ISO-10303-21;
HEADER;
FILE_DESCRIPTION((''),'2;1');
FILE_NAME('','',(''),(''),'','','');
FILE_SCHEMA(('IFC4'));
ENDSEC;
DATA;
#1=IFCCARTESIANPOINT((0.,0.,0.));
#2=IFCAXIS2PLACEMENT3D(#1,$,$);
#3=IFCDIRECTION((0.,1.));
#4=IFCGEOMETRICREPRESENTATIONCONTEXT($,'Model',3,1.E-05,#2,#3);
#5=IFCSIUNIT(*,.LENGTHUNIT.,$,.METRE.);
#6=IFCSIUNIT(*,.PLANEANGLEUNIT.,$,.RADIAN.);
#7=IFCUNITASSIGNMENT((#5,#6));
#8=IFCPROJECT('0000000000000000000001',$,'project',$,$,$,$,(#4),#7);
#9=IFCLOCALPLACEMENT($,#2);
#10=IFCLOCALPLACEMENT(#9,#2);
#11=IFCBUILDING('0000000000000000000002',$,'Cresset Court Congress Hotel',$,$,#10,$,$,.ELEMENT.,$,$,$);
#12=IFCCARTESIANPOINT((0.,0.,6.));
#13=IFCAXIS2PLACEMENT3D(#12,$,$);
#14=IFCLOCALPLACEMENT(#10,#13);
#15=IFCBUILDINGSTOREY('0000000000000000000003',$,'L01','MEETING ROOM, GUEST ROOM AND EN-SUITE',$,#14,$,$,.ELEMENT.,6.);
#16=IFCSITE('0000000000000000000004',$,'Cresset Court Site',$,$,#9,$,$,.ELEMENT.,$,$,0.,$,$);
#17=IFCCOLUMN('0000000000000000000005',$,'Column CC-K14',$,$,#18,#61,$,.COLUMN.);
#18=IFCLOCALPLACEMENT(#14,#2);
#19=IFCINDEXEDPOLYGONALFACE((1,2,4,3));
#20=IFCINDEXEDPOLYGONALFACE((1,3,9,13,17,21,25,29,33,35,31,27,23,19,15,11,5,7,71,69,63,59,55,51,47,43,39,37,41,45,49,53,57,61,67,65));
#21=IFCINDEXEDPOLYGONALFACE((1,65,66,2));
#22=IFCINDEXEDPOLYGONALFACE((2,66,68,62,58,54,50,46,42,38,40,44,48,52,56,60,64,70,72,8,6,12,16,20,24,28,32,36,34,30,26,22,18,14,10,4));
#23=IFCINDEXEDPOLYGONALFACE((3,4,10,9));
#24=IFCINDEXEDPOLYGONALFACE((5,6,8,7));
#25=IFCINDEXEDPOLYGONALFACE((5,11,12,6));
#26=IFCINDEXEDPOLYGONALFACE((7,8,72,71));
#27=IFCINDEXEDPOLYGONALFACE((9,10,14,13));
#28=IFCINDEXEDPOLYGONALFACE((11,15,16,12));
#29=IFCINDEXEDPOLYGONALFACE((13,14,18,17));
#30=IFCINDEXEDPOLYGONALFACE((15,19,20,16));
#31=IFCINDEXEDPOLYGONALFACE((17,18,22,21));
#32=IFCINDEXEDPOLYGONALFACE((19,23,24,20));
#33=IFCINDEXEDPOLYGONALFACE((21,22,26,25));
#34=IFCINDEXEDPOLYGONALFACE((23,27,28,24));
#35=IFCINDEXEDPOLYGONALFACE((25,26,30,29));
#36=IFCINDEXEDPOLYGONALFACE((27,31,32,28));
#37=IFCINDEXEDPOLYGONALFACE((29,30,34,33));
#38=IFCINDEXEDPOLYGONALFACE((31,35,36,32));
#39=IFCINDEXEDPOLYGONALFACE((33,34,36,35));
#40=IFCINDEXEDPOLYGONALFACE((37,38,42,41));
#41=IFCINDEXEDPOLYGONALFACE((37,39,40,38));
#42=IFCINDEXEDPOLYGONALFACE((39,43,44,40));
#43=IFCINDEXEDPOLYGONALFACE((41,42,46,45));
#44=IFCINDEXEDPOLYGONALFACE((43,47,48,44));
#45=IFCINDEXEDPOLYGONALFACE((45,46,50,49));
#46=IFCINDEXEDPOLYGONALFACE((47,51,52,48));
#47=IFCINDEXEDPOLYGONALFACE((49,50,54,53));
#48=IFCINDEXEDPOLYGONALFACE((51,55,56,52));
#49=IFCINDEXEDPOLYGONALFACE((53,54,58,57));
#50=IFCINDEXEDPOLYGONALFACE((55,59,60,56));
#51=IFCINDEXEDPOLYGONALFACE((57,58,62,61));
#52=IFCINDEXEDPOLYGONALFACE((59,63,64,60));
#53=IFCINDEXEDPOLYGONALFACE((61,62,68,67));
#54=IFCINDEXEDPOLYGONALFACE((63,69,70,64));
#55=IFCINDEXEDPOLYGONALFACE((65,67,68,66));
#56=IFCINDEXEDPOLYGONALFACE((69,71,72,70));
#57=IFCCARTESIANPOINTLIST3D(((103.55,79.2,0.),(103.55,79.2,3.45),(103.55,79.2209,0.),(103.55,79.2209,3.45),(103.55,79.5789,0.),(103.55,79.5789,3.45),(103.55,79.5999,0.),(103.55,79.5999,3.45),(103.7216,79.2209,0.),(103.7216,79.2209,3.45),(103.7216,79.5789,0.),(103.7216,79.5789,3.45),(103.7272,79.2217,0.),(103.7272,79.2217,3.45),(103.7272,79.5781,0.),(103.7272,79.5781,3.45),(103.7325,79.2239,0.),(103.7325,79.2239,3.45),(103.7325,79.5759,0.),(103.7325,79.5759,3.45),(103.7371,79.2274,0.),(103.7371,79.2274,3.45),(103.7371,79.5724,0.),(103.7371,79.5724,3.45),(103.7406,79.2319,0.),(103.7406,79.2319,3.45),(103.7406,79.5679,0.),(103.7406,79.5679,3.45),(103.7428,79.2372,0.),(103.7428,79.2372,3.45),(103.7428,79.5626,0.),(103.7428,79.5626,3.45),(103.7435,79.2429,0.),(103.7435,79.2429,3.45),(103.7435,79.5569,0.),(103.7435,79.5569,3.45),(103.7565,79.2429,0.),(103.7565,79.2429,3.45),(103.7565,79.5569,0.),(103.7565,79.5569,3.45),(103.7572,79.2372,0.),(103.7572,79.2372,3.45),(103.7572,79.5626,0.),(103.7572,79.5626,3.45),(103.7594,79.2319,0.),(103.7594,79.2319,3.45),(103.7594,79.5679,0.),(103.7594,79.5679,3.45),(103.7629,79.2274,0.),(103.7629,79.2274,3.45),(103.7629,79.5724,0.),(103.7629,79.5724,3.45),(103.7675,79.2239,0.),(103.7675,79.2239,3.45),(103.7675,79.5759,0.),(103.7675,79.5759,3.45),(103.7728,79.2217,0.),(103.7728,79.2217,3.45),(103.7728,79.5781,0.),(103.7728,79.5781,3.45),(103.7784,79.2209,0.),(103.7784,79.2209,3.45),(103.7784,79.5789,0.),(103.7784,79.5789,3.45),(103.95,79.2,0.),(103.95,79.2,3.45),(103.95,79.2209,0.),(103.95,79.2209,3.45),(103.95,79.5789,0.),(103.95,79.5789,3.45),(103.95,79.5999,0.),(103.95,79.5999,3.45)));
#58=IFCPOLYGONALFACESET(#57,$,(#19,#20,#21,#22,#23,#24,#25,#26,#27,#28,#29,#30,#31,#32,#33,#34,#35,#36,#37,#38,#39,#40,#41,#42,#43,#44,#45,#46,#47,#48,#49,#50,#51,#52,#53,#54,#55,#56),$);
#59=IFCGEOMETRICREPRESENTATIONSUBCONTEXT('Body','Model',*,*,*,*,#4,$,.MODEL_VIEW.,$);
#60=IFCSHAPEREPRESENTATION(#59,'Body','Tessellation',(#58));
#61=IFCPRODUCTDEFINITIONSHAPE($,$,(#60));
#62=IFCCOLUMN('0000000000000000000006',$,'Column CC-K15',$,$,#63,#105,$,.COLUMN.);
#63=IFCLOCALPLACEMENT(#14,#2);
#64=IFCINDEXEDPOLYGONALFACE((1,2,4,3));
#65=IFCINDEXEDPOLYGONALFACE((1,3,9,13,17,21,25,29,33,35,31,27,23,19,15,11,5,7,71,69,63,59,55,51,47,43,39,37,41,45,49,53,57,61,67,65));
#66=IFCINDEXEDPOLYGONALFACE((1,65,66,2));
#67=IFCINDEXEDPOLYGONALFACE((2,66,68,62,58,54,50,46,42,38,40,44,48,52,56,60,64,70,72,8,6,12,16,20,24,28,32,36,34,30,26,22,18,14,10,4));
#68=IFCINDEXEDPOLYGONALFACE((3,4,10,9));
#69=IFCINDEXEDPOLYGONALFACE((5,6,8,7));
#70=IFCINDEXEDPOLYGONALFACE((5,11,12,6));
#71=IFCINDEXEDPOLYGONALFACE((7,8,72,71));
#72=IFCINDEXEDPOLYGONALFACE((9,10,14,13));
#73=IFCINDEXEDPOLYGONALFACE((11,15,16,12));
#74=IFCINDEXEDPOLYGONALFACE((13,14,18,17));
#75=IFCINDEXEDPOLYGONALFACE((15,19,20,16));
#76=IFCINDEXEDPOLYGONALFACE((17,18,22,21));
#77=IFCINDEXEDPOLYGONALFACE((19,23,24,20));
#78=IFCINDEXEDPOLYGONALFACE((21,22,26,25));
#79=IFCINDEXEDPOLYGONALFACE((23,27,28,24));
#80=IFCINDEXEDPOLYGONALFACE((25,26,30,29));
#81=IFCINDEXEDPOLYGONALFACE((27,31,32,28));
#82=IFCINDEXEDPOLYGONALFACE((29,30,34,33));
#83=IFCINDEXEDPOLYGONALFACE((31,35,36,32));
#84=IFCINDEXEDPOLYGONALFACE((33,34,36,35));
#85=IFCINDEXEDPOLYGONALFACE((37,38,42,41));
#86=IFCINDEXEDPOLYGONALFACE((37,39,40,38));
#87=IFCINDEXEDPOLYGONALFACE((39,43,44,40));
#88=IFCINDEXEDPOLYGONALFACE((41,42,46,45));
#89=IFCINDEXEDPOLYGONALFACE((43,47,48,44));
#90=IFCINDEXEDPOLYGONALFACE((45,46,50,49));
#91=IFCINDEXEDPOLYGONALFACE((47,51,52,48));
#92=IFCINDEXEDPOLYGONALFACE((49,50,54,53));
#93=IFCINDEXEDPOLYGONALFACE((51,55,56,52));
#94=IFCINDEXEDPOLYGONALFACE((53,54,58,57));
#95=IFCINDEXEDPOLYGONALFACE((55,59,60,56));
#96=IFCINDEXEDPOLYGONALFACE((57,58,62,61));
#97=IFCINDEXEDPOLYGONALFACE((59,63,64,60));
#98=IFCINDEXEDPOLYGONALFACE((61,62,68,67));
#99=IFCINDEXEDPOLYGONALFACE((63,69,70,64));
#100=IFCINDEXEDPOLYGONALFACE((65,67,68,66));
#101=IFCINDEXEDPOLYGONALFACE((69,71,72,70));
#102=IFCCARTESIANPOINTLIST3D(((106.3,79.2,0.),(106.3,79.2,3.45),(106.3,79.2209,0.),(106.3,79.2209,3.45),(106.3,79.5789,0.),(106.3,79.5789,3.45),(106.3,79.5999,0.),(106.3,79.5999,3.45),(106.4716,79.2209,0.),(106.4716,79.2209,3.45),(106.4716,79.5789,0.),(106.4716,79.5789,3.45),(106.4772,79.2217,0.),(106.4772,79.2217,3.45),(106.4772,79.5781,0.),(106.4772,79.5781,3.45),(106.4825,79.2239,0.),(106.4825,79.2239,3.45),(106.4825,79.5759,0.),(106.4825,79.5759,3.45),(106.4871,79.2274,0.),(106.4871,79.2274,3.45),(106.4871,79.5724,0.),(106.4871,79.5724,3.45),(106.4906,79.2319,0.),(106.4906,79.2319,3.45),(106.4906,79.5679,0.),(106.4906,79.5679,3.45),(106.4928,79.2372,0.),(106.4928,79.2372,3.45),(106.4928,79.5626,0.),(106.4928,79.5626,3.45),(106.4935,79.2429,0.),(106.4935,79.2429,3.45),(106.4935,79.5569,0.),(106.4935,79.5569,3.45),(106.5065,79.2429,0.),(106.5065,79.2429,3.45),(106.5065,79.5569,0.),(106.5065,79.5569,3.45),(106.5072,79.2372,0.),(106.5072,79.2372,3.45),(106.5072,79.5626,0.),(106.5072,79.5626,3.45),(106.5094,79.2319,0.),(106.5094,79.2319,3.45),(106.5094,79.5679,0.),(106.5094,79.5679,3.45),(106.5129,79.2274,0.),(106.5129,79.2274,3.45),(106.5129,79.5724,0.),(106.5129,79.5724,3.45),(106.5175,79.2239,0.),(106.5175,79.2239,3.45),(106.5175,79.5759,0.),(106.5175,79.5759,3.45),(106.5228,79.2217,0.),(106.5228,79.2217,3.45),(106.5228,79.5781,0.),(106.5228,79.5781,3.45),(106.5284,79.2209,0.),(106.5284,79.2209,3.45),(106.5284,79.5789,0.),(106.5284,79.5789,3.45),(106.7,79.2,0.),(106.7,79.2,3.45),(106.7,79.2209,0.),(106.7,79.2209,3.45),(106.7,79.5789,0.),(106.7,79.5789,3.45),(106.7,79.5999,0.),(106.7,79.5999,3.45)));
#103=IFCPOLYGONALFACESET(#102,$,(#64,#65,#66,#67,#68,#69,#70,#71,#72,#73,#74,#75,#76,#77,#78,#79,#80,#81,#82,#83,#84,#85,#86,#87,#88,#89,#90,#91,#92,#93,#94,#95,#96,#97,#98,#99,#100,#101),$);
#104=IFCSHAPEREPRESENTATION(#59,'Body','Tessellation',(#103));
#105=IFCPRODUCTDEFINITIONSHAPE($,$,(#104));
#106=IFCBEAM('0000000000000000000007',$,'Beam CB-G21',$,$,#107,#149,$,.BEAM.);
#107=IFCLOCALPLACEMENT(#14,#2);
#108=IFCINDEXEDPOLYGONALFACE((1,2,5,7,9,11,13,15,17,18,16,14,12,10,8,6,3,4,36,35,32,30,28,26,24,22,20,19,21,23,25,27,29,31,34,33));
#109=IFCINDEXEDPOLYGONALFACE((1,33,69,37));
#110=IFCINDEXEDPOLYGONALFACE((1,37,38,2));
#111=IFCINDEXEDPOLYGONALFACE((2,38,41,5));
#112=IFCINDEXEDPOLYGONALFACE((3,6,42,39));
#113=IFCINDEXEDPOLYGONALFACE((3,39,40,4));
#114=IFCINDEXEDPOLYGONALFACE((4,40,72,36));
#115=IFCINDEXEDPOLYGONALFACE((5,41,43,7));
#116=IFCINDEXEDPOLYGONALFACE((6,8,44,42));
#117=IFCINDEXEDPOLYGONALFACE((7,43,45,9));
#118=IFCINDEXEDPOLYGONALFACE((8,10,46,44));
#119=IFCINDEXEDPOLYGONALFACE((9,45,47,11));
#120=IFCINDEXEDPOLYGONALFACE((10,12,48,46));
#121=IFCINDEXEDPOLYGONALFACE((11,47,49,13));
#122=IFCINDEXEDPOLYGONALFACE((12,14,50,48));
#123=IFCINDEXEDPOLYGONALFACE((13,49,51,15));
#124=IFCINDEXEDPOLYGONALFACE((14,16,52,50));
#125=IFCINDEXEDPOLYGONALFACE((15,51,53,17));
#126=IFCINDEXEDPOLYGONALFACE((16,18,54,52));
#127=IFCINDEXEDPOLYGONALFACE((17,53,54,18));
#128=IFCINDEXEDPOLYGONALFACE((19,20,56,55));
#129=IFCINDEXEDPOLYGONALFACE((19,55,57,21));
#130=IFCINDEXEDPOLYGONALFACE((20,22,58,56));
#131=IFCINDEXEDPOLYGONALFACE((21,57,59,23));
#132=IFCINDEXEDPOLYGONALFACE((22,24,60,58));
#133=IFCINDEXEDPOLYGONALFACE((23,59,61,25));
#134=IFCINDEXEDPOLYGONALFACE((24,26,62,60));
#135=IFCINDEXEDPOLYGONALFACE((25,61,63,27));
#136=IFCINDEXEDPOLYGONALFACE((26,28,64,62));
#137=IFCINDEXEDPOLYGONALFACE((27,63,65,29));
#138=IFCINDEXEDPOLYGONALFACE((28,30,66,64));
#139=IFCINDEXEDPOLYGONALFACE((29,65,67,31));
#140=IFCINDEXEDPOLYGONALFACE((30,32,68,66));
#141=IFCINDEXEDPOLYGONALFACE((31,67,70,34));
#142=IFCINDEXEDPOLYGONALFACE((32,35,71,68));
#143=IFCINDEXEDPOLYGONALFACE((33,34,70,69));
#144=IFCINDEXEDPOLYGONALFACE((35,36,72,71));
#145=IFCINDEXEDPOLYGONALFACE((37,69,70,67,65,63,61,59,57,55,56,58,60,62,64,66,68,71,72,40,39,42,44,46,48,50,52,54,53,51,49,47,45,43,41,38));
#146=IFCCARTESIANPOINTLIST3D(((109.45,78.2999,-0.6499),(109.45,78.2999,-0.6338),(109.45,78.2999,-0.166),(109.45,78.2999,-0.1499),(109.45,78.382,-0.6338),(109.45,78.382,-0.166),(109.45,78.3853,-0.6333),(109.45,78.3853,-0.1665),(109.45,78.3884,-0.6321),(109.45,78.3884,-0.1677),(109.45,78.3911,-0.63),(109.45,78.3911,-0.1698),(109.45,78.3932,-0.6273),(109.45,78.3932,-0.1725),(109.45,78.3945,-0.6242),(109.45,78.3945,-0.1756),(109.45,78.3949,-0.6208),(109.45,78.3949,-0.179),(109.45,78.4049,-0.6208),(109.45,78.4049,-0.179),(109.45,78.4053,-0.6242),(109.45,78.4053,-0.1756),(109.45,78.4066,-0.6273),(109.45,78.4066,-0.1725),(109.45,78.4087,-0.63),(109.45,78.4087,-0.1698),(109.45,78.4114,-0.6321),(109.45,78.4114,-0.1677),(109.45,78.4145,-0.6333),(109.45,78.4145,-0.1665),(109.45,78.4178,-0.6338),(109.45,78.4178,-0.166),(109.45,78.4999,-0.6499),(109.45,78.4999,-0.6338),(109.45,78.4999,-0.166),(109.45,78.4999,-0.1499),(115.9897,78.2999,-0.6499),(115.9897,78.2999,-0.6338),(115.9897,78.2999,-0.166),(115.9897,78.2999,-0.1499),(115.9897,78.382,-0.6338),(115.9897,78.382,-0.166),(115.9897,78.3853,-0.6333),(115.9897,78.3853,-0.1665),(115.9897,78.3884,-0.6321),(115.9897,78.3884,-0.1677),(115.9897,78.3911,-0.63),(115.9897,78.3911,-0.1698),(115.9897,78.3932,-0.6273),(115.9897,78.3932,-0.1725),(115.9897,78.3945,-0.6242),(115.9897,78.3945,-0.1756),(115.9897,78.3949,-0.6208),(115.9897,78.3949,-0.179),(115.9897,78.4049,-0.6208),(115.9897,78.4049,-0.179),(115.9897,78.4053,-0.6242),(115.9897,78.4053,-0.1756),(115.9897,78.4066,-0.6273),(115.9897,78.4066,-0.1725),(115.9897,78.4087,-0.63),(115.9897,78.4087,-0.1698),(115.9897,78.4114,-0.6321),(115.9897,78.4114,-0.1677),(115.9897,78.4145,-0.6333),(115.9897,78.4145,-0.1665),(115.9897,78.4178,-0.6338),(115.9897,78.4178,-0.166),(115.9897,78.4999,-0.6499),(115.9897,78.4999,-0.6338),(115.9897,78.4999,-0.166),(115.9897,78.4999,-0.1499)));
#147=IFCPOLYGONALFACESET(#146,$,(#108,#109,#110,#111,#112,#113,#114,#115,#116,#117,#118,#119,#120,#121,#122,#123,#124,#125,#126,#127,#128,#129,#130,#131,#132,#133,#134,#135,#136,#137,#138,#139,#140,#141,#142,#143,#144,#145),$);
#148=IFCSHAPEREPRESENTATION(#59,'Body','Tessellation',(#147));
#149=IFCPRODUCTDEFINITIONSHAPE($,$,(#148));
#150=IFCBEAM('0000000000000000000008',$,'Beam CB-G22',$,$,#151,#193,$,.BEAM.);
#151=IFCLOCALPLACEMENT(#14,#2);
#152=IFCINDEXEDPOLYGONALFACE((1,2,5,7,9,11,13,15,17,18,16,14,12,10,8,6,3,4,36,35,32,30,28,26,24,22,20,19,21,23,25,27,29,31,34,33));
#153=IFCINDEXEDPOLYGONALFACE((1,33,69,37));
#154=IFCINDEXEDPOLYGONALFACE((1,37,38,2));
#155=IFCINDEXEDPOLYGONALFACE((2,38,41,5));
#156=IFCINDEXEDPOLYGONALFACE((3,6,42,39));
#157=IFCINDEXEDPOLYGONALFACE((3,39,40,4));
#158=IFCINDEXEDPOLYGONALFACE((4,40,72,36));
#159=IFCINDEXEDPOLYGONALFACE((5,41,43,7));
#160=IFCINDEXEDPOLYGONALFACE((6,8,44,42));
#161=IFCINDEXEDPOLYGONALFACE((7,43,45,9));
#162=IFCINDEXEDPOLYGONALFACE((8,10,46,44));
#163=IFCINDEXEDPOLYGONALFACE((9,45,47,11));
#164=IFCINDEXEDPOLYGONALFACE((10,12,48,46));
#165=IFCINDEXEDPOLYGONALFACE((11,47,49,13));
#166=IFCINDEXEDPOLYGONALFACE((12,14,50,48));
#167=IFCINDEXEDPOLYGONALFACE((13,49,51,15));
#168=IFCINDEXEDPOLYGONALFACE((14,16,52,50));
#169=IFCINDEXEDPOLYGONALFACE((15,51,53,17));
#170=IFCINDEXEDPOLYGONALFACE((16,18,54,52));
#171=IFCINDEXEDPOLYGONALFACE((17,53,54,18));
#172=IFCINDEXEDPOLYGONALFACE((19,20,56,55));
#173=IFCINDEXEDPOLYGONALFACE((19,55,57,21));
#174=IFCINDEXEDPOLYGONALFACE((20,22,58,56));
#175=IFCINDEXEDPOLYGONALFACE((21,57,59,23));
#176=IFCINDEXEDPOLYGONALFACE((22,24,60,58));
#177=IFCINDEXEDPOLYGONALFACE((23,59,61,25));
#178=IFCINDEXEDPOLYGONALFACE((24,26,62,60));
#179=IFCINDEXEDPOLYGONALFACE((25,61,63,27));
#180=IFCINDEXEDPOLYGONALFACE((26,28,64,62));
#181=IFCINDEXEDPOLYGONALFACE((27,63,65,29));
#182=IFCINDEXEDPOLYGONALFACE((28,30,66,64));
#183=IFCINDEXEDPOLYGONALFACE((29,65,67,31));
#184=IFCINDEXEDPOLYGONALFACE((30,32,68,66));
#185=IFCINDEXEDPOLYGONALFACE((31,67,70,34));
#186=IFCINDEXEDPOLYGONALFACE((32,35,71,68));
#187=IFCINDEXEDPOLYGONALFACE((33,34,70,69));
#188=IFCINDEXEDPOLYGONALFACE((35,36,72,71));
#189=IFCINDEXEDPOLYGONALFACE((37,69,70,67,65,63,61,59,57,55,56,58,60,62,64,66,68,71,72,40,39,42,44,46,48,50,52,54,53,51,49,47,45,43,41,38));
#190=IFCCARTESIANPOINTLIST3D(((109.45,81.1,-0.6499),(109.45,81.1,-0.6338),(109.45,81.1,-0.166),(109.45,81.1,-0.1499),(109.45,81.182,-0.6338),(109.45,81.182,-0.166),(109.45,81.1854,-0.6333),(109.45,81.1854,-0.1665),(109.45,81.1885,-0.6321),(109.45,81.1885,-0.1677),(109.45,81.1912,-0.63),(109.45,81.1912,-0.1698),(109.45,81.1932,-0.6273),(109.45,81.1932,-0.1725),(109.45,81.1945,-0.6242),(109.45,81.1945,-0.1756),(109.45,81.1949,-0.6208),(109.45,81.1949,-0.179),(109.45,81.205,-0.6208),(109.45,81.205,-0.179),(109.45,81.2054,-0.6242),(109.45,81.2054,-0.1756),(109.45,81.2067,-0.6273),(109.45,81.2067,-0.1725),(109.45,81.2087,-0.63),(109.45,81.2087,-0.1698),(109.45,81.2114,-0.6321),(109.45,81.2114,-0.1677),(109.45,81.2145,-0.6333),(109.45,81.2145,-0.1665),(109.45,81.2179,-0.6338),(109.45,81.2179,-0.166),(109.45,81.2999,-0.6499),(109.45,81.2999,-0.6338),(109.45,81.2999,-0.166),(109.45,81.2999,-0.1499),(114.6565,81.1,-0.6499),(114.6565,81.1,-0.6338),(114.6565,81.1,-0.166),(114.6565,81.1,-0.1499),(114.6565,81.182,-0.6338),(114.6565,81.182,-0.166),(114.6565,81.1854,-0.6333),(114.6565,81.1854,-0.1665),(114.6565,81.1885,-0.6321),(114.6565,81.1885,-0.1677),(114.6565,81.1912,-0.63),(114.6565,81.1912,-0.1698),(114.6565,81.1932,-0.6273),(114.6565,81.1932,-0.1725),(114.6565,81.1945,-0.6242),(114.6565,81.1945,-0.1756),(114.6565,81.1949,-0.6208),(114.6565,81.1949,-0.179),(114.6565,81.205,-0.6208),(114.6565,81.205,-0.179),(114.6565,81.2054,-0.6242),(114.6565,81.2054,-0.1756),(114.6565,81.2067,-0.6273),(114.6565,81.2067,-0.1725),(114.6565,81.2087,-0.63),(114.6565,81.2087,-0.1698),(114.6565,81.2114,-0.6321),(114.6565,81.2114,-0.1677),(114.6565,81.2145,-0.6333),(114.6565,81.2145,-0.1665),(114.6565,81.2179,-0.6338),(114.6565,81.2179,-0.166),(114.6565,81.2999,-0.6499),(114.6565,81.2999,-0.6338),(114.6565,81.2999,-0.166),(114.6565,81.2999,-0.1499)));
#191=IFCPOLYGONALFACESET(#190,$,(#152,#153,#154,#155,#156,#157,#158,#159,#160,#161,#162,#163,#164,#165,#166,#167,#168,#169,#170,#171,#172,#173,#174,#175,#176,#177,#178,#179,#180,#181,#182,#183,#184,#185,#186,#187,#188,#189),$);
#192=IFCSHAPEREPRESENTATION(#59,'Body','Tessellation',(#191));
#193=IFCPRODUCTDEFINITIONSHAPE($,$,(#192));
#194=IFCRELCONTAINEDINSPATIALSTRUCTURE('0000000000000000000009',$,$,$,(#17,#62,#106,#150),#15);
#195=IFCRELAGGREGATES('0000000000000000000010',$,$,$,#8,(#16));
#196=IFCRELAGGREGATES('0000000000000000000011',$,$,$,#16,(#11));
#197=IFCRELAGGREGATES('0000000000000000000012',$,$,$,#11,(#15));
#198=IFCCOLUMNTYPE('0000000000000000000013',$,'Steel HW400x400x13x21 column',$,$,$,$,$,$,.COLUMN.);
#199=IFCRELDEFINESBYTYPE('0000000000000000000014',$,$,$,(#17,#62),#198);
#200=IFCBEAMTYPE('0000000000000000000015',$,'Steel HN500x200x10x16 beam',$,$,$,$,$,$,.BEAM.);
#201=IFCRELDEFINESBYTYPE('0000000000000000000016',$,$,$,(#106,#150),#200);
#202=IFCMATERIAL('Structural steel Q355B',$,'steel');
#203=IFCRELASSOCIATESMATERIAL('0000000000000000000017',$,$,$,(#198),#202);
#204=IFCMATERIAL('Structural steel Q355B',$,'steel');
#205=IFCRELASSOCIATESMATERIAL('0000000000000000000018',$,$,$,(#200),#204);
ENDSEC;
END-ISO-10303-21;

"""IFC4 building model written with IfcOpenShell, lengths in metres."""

from ifc_helpers import new_model, si_unit, direction, frame, origin, origin_2d, place, context, subcontext, project, spatial, i_section, extrude, material, material_profile, profile_set, type_object, element, save


model = new_model("IFC4")

# Units and contexts
model_context = context("Model", 3, precision=1e-05, world=origin(), true_north=direction((0.0, 1.0)))
body_context = subcontext(model_context, "Body", "Model", "MODEL_VIEW")
ifc_project = project(units=[si_unit("LENGTHUNIT", "METRE"), si_unit("PLANEANGLEUNIT", "RADIAN")], contexts=[model_context])

# Site, building, storey
site_placement = place(None, origin())
site = spatial("IfcSite", under=ifc_project, at=site_placement, Name="Cresset Court Site", CompositionType="ELEMENT", RefElevation=0.0)
building_placement = place(site_placement, origin())
building = spatial("IfcBuilding", under=site, at=building_placement, Name="Cresset Court Congress Hotel", CompositionType="ELEMENT")
storey_placement = place(building_placement, frame((0.0, 0.0, 6.0)))
storey = spatial("IfcBuildingStorey", under=building, at=storey_placement, Name="L01", Description="MEETING ROOM, GUEST ROOM AND EN-SUITE", CompositionType="ELEMENT", Elevation=6.0)

# Columns
ifc_material_1 = material(Name="Structural steel Q355B", Category="steel")
ifc_material_profile_1 = material_profile(ifc_material_1, i_section(OverallWidth=0.3999, OverallDepth=0.3999, WebThickness=0.0129, FlangeThickness=0.021, FilletRadius=0.022, at=origin_2d()), Name="HW400x400x13x21")
ifc_profile_set_1 = profile_set([ifc_material_profile_1], Name="Structural steel Q355B")
column_type = type_object("IfcColumnType", Name="Steel HW400x400x13x21 column", PredefinedType="COLUMN", material=ifc_profile_set_1)
for number, where, z_axis, x_axis, name in (
    (1, (103.75, 79.3999, 0.0), (0.0, 0.0, 1.0), (1.0, 0.0, 0.0), "Column CC-K14"),
    (2, (106.5, 79.3999, 0.0), (0.0, 0.0, 1.0), (1.0, 0.0, 0.0), "Column CC-K15"),
):
    element("IfcColumn", number, at=place(storey_placement, frame(where, z_axis=z_axis, x_axis=x_axis)), inside=storey, type_object=column_type, Name=name, PredefinedType="COLUMN", context=body_context, shape_type="SweptSolid", body=[
        extrude(i_section(OverallWidth=0.3999, OverallDepth=0.3999, WebThickness=0.0129, FlangeThickness=0.021, FilletRadius=0.022, at=origin_2d()), origin(), (0.0, 0.0, 1.0), 3.45),
    ])

# Beams
ifc_material_2 = material(Name="Structural steel Q355B", Category="steel")
ifc_material_profile_2 = material_profile(ifc_material_2, i_section(OverallWidth=0.2, OverallDepth=0.5, WebThickness=0.01, FlangeThickness=0.0161, FilletRadius=0.0129, at=origin_2d()), Name="HN500x200x10x16")
ifc_profile_set_2 = profile_set([ifc_material_profile_2], Name="Structural steel Q355B")
beam_type_1 = type_object("IfcBeamType", Name="Steel HN500x200x10x16 beam", PredefinedType="BEAM", material=ifc_profile_set_2)
beam_1_placement = place(storey_placement, frame((109.45, 78.3999, -0.3999), z_axis=(1.0, 0.0, 0.0), x_axis=(0.0, 1.0, 0.0)))
element("IfcBeam", 3, at=beam_1_placement, inside=storey, type_object=beam_type_1, Name="Beam CB-G21", PredefinedType="BEAM", context=body_context, shape_type="SweptSolid", body=[
    extrude(i_section(OverallWidth=0.2, OverallDepth=0.5, WebThickness=0.01, FlangeThickness=0.0161, FilletRadius=0.0129, at=origin_2d()), origin(), (0.0, 0.0, 1.0), 6.5398),
])
beam_2_placement = place(storey_placement, frame((109.45, 81.2, -0.3999), z_axis=(1.0, 0.0, 0.0), x_axis=(0.0, 1.0, 0.0)))
element("IfcBeam", 4, at=beam_2_placement, inside=storey, type_object=beam_type_1, Name="Beam CB-G22", PredefinedType="BEAM", context=body_context, shape_type="SweptSolid", body=[
    extrude(i_section(OverallWidth=0.2, OverallDepth=0.5, WebThickness=0.01, FlangeThickness=0.0161, FilletRadius=0.0129, at=origin_2d()), origin(), (0.0, 0.0, 1.0), 5.2065),
])

save(model, "model.ifc")
